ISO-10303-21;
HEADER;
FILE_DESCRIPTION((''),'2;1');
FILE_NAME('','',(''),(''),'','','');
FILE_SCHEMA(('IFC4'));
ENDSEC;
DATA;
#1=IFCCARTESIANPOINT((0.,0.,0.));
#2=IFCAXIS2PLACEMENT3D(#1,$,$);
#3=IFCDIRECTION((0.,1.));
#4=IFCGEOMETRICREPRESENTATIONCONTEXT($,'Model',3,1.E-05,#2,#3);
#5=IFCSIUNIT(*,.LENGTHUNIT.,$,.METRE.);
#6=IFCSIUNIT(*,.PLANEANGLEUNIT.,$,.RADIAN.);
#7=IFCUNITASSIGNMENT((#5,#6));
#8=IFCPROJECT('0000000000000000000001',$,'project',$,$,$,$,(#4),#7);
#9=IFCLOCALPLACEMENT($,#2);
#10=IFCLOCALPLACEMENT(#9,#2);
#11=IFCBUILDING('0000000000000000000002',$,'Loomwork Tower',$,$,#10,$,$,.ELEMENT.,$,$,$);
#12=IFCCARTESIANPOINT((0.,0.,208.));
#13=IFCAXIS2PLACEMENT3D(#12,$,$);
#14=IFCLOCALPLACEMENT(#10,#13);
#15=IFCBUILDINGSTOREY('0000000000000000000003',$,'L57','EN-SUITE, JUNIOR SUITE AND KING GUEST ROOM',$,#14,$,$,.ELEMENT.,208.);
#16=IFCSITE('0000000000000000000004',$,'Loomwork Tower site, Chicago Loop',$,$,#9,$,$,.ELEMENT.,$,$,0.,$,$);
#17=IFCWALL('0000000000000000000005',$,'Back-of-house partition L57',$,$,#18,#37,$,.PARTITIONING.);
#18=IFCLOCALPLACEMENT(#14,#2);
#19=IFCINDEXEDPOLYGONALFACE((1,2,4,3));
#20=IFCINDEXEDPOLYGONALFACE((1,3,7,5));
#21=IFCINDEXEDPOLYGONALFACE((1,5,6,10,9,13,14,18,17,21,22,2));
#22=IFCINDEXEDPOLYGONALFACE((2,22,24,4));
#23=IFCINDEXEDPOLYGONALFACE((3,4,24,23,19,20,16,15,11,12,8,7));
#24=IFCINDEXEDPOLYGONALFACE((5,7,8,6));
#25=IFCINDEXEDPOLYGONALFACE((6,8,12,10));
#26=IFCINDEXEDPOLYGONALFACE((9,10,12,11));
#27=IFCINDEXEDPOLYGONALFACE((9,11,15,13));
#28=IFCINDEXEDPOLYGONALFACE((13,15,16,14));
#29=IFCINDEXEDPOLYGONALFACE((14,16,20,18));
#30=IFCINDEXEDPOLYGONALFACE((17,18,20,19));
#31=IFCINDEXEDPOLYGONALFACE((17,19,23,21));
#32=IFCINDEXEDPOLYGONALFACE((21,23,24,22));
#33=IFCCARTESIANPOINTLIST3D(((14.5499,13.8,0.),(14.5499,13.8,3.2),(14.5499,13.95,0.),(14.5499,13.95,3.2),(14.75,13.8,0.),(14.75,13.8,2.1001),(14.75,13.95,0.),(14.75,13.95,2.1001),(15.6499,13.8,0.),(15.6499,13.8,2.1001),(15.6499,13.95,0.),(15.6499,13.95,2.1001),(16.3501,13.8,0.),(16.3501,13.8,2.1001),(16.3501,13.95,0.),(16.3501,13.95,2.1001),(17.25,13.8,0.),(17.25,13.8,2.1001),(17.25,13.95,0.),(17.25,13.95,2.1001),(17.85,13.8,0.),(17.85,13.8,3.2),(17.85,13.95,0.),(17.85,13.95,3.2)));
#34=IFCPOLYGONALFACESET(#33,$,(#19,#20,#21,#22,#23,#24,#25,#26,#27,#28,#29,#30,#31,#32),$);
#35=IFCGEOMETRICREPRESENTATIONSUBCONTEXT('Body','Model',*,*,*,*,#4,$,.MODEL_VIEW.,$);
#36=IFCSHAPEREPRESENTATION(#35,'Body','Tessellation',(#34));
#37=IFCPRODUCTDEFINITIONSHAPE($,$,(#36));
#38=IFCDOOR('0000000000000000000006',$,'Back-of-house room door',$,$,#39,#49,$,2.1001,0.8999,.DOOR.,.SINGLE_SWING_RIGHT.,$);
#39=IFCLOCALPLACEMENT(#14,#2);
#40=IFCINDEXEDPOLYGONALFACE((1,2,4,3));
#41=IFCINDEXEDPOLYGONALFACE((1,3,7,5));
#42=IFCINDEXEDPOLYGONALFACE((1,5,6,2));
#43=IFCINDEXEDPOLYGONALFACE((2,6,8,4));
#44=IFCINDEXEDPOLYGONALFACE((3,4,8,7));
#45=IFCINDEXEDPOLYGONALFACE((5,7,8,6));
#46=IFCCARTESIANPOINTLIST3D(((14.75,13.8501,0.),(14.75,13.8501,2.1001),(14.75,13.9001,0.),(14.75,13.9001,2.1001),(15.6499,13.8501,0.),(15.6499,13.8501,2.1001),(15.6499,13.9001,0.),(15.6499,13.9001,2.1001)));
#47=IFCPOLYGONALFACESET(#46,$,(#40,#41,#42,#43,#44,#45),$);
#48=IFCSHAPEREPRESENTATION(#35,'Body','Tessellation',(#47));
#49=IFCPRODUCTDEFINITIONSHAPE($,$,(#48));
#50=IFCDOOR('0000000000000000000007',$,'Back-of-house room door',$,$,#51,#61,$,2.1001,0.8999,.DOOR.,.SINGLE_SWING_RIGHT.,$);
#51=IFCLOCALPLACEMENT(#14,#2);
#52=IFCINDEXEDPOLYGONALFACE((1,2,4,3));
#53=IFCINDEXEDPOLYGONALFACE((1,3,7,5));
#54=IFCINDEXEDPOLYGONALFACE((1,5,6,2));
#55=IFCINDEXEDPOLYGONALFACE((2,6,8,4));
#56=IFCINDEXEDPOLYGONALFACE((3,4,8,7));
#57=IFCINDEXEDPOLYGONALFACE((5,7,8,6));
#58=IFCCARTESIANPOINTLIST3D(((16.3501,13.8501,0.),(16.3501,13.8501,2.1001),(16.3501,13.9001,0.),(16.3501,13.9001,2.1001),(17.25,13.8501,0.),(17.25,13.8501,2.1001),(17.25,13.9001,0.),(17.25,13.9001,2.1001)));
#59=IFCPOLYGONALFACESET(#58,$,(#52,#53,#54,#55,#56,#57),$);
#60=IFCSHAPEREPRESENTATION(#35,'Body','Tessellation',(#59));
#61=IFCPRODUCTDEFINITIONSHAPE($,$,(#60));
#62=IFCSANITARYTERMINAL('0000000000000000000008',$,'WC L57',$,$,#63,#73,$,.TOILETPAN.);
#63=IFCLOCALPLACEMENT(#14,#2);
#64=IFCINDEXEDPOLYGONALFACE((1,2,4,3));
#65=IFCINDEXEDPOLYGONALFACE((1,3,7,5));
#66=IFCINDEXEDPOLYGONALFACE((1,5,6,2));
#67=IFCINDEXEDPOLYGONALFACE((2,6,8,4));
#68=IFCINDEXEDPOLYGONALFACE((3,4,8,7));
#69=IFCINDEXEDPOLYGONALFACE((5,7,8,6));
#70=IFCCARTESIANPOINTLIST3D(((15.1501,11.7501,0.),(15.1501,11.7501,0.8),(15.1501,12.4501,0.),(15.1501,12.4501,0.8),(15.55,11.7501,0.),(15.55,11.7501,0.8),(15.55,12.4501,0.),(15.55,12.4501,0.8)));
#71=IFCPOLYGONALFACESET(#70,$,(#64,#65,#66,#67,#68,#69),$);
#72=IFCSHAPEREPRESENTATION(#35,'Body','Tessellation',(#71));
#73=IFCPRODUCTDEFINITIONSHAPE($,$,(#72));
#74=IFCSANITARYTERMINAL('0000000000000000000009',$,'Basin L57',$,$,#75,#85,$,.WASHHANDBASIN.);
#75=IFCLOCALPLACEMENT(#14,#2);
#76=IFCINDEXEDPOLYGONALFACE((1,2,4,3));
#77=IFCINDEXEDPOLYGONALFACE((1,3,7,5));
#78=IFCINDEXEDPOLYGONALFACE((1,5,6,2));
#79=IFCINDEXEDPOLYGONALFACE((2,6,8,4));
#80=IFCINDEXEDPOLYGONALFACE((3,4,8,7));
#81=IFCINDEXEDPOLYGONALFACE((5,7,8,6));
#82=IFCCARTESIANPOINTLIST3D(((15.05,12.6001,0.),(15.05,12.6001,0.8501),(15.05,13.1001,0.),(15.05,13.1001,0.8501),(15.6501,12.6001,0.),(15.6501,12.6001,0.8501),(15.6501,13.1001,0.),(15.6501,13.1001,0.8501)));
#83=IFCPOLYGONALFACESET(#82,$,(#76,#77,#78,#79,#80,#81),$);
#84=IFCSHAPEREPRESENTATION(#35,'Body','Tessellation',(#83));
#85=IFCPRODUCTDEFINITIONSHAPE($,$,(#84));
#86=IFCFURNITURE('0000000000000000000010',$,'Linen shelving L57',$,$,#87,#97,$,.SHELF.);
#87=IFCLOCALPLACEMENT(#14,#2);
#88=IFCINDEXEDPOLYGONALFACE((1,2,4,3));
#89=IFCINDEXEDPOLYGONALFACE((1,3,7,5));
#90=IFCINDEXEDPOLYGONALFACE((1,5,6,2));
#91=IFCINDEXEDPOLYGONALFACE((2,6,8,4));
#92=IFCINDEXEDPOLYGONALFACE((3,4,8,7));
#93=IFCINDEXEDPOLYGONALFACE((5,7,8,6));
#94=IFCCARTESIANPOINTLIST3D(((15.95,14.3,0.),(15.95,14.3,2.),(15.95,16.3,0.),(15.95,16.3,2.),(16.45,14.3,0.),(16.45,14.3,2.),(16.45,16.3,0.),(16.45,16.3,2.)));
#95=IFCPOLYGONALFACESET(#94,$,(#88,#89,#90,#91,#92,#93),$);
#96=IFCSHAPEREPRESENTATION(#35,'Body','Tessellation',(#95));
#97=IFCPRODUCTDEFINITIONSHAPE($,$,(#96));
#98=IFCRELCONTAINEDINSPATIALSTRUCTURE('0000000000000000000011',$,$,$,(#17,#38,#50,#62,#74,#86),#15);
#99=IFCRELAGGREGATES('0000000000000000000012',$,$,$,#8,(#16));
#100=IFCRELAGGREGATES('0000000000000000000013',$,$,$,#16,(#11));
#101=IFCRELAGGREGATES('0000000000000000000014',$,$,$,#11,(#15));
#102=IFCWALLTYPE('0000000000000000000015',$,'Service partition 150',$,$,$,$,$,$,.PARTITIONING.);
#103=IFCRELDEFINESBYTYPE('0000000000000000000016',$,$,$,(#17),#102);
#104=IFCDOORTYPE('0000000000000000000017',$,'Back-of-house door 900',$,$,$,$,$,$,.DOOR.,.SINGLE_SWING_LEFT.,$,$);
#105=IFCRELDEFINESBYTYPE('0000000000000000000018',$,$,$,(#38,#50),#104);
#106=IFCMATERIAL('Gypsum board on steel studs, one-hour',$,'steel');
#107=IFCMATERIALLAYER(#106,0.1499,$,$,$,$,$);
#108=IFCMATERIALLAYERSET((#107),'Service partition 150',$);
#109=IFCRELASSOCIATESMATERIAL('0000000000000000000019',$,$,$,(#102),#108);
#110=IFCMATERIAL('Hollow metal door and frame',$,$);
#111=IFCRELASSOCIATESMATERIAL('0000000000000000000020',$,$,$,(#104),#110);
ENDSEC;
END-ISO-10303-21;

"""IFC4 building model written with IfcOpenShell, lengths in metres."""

from ifc_helpers import new_model, si_unit, direction, frame, frame_2d, origin, origin_2d, place, context, subcontext, project, spatial, rectangle, extrude, material, layer, layer_set, type_object, element, fill, save


model = new_model("IFC4")

# Units and contexts
model_context = context("Model", 3, precision=1e-05, world=origin(), true_north=direction((0.0, 1.0)))
body_context = subcontext(model_context, "Body", "Model", "MODEL_VIEW")
ifc_project = project(units=[si_unit("LENGTHUNIT", "METRE"), si_unit("PLANEANGLEUNIT", "RADIAN")], contexts=[model_context])

# Site, building, storey
site_placement = place(None, origin())
site = spatial("IfcSite", under=ifc_project, at=site_placement, Name="Loomwork Tower site, Chicago Loop", CompositionType="ELEMENT", RefElevation=0.0)
building_placement = place(site_placement, origin())
building = spatial("IfcBuilding", under=site, at=building_placement, Name="Loomwork Tower", CompositionType="ELEMENT")
storey_placement = place(building_placement, frame((0.0, 0.0, 208.0)))
storey = spatial("IfcBuildingStorey", under=building, at=storey_placement, Name="L57", Description="EN-SUITE, JUNIOR SUITE AND KING GUEST ROOM", CompositionType="ELEMENT", Elevation=208.0)

# Shared definitions
ifc_material_1 = material(Name="Gypsum board on steel studs, one-hour", Category="steel")
ifc_layer_1 = layer(ifc_material_1, 0.1499)
ifc_layer_set_1 = layer_set([ifc_layer_1], Name="Service partition 150")
wall_type_1 = type_object("IfcWallType", Name="Service partition 150", PredefinedType="PARTITIONING", material=ifc_layer_set_1)

# Wall, openings, doors
wall_1_placement = place(storey_placement, frame((14.55, 13.875, 0.0), z_axis=(0.0, 0.0, 1.0), x_axis=(1.0, 0.0, 0.0)))
wall_1 = element("IfcWall", 1, at=wall_1_placement, inside=storey, type_object=wall_type_1, Name="Back-of-house partition L57", PredefinedType="PARTITIONING", context=body_context, shape_type="SweptSolid", body=[
    extrude(rectangle(XDim=3.3, YDim=0.1499, at=frame_2d((1.6499, 0.0))), origin(), (0.0, 0.0, 1.0), 3.2),
])
opening_1_placement = place(wall_1_placement, frame((0.2, 0.0, 0.0)))
opening_1 = element("IfcOpeningElement", 2, at=opening_1_placement, cuts=wall_1, PredefinedType="OPENING", context=body_context, shape_type="SweptSolid", body=[
    extrude(rectangle(XDim=0.8999, YDim=2.1001, at=frame_2d((0.45, 1.05))), frame((0.0, 0.085, 0.0), z_axis=(0.0, -1.0, 0.0), x_axis=(1.0, 0.0, 0.0)), (0.0, 0.0, 1.0), 0.1699),
])
opening_2_placement = place(wall_1_placement, frame((1.8, 0.0, 0.0)))
opening_2 = element("IfcOpeningElement", 3, at=opening_2_placement, cuts=wall_1, PredefinedType="OPENING", context=body_context, shape_type="SweptSolid", body=[
    extrude(rectangle(XDim=0.8999, YDim=2.1001, at=frame_2d((0.45, 1.05))), frame((0.0, 0.085, 0.0), z_axis=(0.0, -1.0, 0.0), x_axis=(1.0, 0.0, 0.0)), (0.0, 0.0, 1.0), 0.1699),
])
ifc_material_2 = material(Name="Hollow metal door and frame")
door_type_1 = type_object("IfcDoorType", Name="Back-of-house door 900", OperationType="SINGLE_SWING_LEFT", PredefinedType="DOOR", material=ifc_material_2)
door_1_placement = place(opening_1_placement, frame((0.8999, 0.0, 0.0), z_axis=(0.0, 0.0, 1.0), x_axis=(-1.0, 0.0, 0.0)))
door_1 = element("IfcDoor", 4, at=door_1_placement, inside=storey, type_object=door_type_1, Name="Back-of-house room door", OperationType="SINGLE_SWING_RIGHT", OverallHeight=2.1001, OverallWidth=0.8999, PredefinedType="DOOR", context=body_context, shape_type="SweptSolid", body=[
    extrude(rectangle(XDim=0.8999, YDim=2.1001, at=frame_2d((0.45, 1.05))), frame((0.0, 0.0249, 0.0), z_axis=(0.0, -1.0, 0.0), x_axis=(1.0, 0.0, 0.0)), (0.0, 0.0, 1.0), 0.05),
])
fill(opening_1, door_1)
door_2_placement = place(opening_2_placement, frame((0.8999, 0.0, 0.0), z_axis=(0.0, 0.0, 1.0), x_axis=(-1.0, 0.0, 0.0)))
door_2 = element("IfcDoor", 5, at=door_2_placement, inside=storey, type_object=door_type_1, Name="Back-of-house room door", OperationType="SINGLE_SWING_RIGHT", OverallHeight=2.1001, OverallWidth=0.8999, PredefinedType="DOOR", context=body_context, shape_type="SweptSolid", body=[
    extrude(rectangle(XDim=0.8999, YDim=2.1001, at=frame_2d((0.45, 1.05))), frame((0.0, 0.0249, 0.0), z_axis=(0.0, -1.0, 0.0), x_axis=(1.0, 0.0, 0.0)), (0.0, 0.0, 1.0), 0.05),
])
fill(opening_2, door_2)

# Sanitary terminals
sanitary_terminal_1_placement = place(storey_placement, frame((15.3501, 12.1001, 0.0), z_axis=(0.0, 0.0, 1.0), x_axis=(1.0, 0.0, 0.0)))
element("IfcSanitaryTerminal", 6, at=sanitary_terminal_1_placement, inside=storey, Name="WC L57", PredefinedType="TOILETPAN", context=body_context, shape_type="SweptSolid", body=[
    extrude(rectangle(XDim=0.3999, YDim=0.7, at=origin_2d()), origin(), (0.0, 0.0, 1.0), 0.8),
])
sanitary_terminal_2_placement = place(storey_placement, frame((15.3501, 12.8501, 0.0), z_axis=(0.0, 0.0, 1.0), x_axis=(1.0, 0.0, 0.0)))
element("IfcSanitaryTerminal", 7, at=sanitary_terminal_2_placement, inside=storey, Name="Basin L57", PredefinedType="WASHHANDBASIN", context=body_context, shape_type="SweptSolid", body=[
    extrude(rectangle(XDim=0.6001, YDim=0.5, at=origin_2d()), origin(), (0.0, 0.0, 1.0), 0.8501),
])

# Furniture
furniture_placement = place(storey_placement, frame((16.2, 15.3, 0.0), z_axis=(0.0, 0.0, 1.0), x_axis=(1.0, 0.0, 0.0)))
element("IfcFurniture", 8, at=furniture_placement, inside=storey, Name="Linen shelving L57", PredefinedType="SHELF", context=body_context, shape_type="SweptSolid", body=[
    extrude(rectangle(XDim=0.5, YDim=2.0, at=origin_2d()), origin(), (0.0, 0.0, 1.0), 2.0),
])

save(model, "model.ifc")
